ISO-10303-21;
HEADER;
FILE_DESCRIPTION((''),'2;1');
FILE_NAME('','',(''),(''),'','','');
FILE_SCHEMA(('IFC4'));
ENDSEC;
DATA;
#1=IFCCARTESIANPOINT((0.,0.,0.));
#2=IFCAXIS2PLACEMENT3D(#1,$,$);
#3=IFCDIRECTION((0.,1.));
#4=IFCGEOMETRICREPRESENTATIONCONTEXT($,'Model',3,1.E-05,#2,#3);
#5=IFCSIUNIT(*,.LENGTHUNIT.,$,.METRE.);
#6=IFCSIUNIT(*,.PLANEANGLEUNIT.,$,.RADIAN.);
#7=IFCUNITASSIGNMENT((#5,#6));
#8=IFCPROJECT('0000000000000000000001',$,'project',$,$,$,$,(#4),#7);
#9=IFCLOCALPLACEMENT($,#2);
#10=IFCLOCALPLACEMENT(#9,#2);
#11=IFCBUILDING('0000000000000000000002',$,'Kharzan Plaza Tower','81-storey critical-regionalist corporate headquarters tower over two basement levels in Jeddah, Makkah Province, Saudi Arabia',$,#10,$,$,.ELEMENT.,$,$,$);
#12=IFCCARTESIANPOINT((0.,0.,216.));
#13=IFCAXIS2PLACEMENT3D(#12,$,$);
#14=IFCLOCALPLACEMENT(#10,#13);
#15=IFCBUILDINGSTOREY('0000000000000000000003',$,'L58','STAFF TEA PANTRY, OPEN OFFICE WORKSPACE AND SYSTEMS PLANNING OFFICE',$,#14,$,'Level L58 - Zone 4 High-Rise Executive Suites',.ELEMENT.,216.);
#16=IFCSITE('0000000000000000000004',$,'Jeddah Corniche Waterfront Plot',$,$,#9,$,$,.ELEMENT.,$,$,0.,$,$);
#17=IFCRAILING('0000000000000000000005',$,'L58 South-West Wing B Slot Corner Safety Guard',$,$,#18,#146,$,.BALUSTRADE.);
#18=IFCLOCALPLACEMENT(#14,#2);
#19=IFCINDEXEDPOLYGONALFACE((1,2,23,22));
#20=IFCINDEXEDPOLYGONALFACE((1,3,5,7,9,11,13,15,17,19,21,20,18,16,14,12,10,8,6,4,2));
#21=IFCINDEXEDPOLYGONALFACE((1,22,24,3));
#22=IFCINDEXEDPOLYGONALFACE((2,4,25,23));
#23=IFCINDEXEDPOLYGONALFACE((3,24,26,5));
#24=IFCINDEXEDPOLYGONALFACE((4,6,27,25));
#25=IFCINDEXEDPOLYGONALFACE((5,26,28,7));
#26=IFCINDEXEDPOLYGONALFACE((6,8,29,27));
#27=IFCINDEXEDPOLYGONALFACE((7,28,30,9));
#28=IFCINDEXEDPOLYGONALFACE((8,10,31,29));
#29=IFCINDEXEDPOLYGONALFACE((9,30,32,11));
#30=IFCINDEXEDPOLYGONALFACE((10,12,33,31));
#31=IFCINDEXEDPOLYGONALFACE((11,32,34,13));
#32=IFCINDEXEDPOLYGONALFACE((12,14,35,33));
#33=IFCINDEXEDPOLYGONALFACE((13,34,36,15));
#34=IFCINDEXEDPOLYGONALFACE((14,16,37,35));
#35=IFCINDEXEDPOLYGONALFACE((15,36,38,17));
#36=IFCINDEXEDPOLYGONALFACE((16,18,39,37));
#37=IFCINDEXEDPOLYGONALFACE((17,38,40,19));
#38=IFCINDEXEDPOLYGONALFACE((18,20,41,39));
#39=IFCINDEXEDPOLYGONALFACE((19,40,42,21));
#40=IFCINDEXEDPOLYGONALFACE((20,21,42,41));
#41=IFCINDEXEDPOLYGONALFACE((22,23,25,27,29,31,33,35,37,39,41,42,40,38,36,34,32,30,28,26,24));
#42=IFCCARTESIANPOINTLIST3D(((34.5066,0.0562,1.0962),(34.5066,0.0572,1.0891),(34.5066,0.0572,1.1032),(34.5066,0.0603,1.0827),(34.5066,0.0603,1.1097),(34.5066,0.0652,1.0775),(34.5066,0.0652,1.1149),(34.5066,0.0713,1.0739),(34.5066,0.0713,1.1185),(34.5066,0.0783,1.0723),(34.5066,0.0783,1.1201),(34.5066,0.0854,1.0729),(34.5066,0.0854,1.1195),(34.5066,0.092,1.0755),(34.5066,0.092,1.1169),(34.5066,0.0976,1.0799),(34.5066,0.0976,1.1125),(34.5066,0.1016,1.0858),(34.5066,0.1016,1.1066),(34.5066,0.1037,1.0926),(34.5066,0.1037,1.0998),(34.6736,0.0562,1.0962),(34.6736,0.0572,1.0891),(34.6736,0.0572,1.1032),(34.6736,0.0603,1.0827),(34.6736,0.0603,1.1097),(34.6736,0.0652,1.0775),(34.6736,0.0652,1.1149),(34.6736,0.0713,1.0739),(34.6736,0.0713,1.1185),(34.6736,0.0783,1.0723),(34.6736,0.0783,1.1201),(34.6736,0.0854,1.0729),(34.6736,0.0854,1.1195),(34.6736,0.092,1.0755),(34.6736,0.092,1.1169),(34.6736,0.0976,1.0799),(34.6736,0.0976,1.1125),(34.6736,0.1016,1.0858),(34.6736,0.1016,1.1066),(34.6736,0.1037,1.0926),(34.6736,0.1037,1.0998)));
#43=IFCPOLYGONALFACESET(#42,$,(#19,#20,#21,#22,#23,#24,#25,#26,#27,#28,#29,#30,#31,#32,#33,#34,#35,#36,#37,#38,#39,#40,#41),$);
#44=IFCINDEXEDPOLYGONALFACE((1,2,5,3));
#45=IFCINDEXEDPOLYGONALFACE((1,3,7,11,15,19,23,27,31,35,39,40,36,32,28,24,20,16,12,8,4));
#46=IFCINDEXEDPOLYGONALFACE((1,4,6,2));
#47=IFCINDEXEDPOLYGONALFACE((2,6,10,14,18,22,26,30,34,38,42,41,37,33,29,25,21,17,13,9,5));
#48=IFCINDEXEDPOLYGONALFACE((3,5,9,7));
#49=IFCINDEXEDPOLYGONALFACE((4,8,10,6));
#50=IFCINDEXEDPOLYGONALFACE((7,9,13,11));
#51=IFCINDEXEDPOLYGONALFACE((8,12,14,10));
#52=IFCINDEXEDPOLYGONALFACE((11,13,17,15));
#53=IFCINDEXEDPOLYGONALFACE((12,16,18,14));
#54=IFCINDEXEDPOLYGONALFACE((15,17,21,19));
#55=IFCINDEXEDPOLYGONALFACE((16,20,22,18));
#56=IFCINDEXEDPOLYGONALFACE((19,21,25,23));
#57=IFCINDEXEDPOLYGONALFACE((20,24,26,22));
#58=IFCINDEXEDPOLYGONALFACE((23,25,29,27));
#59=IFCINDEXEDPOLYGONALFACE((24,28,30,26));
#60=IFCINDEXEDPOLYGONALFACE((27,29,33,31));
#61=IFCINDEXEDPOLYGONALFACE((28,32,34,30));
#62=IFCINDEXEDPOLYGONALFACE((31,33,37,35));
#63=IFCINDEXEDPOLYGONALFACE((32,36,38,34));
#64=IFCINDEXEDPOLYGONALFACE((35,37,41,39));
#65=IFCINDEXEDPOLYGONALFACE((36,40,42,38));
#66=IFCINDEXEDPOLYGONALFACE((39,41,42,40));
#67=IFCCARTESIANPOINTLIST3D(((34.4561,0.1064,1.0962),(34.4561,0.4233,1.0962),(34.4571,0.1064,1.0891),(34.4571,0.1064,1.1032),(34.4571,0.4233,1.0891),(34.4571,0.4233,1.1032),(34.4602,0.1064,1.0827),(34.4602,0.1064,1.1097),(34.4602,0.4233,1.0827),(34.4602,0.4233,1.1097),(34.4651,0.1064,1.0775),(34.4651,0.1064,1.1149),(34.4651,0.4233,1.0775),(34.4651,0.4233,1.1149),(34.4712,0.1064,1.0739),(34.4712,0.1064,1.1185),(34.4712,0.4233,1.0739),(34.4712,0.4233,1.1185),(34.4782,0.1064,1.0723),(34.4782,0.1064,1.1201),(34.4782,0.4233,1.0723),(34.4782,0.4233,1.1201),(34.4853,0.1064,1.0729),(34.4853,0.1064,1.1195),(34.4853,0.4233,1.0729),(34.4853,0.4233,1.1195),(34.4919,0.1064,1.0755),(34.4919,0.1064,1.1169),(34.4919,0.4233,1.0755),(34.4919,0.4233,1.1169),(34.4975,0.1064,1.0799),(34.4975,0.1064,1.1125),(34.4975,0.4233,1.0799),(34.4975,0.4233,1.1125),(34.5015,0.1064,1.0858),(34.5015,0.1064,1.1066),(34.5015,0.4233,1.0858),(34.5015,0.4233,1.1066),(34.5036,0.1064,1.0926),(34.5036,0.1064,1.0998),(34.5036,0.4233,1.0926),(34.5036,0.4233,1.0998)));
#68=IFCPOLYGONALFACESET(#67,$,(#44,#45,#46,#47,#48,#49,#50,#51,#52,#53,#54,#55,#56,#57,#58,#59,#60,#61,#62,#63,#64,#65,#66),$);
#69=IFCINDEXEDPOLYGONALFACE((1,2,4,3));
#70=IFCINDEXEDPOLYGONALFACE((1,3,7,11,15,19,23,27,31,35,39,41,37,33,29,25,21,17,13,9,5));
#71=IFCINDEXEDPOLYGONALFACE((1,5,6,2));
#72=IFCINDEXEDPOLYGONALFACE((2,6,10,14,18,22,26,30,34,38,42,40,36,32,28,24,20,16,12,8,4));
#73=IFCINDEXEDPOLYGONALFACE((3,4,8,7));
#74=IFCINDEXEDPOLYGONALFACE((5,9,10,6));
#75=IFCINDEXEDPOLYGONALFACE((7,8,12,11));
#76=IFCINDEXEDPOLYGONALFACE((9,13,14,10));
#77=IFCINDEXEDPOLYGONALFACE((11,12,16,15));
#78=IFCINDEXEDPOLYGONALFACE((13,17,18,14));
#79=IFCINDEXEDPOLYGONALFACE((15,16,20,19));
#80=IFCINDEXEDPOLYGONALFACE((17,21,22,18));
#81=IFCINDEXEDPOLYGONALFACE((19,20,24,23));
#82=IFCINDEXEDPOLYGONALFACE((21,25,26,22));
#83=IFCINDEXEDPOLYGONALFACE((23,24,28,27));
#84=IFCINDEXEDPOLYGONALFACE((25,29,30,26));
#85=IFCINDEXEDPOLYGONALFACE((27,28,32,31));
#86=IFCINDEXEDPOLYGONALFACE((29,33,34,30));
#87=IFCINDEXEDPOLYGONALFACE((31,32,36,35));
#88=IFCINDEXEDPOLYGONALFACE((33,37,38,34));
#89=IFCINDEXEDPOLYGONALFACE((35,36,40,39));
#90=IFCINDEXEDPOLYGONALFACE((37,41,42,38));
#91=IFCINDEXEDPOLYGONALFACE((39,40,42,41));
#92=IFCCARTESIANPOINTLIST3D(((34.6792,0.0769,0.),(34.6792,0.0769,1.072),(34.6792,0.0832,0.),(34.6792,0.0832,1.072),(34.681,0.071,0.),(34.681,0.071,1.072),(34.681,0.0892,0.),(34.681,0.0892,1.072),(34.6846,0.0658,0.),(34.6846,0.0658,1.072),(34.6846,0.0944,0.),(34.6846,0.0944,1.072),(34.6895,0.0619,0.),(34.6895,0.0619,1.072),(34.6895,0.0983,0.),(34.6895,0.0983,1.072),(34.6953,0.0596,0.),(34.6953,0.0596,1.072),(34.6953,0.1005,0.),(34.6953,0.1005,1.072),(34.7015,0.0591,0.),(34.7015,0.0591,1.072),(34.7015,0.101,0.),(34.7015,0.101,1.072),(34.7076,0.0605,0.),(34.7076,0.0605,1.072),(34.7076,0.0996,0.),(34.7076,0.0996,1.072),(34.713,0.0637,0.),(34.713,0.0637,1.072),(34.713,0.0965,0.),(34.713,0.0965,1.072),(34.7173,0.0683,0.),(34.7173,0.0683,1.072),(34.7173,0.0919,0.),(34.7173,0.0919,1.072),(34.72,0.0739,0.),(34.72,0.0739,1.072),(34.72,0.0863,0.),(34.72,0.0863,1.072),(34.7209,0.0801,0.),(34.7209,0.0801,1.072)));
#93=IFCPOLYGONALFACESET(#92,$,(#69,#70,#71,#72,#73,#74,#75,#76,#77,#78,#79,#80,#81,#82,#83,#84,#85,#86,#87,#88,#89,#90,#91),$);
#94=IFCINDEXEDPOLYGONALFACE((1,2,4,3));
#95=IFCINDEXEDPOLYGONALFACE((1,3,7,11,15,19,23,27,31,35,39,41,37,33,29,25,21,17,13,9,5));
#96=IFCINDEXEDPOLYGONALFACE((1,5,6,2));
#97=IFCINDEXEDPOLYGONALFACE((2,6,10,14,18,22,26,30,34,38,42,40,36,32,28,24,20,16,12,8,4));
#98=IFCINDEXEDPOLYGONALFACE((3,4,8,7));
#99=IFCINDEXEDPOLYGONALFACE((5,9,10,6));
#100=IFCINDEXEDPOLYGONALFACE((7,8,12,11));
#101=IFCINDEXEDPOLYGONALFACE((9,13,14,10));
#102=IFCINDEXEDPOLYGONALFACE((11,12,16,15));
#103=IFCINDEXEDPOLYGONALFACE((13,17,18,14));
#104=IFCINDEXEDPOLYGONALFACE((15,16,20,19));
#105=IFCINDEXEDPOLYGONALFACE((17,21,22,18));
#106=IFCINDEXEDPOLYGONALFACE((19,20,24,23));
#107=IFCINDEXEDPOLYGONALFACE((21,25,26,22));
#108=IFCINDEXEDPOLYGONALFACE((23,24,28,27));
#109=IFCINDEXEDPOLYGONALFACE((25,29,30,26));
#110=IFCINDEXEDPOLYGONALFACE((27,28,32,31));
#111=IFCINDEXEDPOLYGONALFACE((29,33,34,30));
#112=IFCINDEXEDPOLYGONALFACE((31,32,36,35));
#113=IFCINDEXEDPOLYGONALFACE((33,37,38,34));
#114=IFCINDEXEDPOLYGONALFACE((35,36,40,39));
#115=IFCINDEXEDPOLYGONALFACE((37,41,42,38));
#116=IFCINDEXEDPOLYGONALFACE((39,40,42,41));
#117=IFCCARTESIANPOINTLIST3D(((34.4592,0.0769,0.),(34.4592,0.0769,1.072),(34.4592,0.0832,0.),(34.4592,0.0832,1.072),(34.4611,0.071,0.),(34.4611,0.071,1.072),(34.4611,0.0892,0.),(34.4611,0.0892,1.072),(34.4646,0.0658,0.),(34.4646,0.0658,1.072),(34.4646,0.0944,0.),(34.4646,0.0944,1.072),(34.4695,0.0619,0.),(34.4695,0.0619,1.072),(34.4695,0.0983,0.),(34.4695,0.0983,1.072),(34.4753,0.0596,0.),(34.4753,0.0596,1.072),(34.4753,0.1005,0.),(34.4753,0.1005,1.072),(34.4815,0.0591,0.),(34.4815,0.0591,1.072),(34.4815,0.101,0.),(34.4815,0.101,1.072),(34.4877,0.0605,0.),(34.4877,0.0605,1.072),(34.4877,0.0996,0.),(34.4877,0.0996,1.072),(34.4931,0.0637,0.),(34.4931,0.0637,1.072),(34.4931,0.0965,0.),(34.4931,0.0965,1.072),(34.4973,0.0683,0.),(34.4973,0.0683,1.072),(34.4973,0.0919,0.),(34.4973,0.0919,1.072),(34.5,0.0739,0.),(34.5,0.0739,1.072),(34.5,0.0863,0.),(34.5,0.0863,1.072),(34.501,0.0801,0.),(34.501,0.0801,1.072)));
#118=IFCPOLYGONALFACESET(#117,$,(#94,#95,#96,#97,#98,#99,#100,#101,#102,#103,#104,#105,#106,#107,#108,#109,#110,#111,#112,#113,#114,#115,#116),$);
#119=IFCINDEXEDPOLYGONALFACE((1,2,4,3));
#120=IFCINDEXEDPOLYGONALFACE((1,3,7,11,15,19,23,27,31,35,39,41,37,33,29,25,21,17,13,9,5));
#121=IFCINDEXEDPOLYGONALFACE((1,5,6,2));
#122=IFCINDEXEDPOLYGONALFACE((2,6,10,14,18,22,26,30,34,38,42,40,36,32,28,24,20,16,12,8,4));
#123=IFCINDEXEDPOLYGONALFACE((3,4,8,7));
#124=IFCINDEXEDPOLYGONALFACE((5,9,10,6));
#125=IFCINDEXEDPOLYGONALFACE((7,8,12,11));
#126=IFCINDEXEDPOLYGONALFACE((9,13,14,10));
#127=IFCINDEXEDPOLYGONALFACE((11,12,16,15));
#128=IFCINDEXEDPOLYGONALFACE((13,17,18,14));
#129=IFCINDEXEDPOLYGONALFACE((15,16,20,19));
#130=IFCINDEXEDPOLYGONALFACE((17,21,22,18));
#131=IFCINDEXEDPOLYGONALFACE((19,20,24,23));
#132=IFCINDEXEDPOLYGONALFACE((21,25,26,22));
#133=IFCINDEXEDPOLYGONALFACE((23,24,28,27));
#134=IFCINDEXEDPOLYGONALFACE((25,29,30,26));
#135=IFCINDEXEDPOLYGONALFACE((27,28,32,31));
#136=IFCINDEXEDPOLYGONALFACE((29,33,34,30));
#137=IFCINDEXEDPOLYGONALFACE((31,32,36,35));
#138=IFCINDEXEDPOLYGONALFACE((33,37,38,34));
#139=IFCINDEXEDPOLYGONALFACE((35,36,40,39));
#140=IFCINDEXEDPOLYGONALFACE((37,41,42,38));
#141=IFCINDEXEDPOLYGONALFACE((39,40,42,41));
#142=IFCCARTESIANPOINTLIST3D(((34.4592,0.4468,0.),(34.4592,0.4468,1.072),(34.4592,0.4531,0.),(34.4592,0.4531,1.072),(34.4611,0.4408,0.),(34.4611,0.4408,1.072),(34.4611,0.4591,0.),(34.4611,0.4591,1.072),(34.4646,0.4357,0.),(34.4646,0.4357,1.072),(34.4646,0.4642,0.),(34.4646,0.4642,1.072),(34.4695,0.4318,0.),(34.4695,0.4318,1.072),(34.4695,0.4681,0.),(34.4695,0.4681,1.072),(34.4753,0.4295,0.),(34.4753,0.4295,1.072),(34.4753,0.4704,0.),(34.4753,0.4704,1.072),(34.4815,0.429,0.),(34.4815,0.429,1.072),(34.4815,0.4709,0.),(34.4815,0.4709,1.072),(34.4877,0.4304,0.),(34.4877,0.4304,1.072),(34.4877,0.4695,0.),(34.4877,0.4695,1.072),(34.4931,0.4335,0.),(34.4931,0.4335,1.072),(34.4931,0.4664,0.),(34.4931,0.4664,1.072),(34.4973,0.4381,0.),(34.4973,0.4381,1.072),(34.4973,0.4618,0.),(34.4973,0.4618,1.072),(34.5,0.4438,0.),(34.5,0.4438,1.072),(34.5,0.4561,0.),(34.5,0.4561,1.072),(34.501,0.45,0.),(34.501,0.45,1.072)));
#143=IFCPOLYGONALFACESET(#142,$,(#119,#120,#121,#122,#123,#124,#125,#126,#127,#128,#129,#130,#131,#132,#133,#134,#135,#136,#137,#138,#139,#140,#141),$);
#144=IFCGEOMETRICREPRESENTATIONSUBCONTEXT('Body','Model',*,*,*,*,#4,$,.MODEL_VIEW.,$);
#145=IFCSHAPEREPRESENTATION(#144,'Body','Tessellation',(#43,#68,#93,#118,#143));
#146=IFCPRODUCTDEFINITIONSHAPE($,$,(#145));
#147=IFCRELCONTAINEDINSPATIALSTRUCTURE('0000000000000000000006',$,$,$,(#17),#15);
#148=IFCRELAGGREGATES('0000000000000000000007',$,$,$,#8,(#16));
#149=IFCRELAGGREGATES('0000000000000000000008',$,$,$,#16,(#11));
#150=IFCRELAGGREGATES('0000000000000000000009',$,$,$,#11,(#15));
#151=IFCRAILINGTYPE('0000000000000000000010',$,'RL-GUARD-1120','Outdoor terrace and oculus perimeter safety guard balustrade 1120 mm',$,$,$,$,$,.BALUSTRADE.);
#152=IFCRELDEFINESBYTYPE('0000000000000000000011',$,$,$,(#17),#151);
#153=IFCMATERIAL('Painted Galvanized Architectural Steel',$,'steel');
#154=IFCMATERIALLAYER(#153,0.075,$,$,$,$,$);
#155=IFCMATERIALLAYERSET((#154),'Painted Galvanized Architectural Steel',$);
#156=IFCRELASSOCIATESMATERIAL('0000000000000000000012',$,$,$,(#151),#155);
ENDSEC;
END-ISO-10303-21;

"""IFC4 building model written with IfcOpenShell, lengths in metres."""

from ifc_helpers import new_model, si_unit, direction, frame, origin, origin_2d, place, context, subcontext, project, spatial, circle, extrude, source, transform, mapped, material, layer, layer_set, type_object, element, save


model = new_model("IFC4")

# Units and contexts
model_context = context("Model", 3, precision=1e-05, world=origin(), true_north=direction((0.0, 1.0)))
body_context = subcontext(model_context, "Body", "Model", "MODEL_VIEW")
ifc_project = project(units=[si_unit("LENGTHUNIT", "METRE"), si_unit("PLANEANGLEUNIT", "RADIAN")], contexts=[model_context])

# Site, building, storey
site_placement = place(None, origin())
site = spatial("IfcSite", under=ifc_project, at=site_placement, Name="Jeddah Corniche Waterfront Plot", CompositionType="ELEMENT", RefElevation=0.0)
building_placement = place(site_placement, origin())
building = spatial("IfcBuilding", under=site, at=building_placement, Name="Kharzan Plaza Tower", Description="81-storey critical-regionalist corporate headquarters tower over two basement levels in Jeddah, Makkah Province, Saudi Arabia", CompositionType="ELEMENT")
storey_placement = place(building_placement, frame((0.0, 0.0, 216.0)))
storey = spatial("IfcBuildingStorey", under=building, at=storey_placement, Name="L58", Description="STAFF TEA PANTRY, OPEN OFFICE WORKSPACE AND SYSTEMS PLANNING OFFICE", LongName="Level L58 - Zone 4 High-Rise Executive Suites", CompositionType="ELEMENT", Elevation=216.0)

# Railing
ifc_material_1 = material(Name="Painted Galvanized Architectural Steel", Category="steel")
ifc_layer_1 = layer(ifc_material_1, 0.075)
ifc_layer_set_1 = layer_set([ifc_layer_1], Name="Painted Galvanized Architectural Steel")
railing_type_1 = type_object("IfcRailingType", Name="RL-GUARD-1120", Description="Outdoor terrace and oculus perimeter safety guard balustrade 1120 mm", PredefinedType="BALUSTRADE", material=ifc_layer_set_1)
shared_shape_1 = source(origin(), body_context, "Body", "SweptSolid", [
    extrude(circle(Radius=0.0239, at=origin_2d()), frame((-0.0264, 0.0, 1.0962), z_axis=(-1.0, 0.0, 0.0), x_axis=(0.0, -1.0, 0.0)), (0.0, 0.0, 1.0), 0.167),
    extrude(circle(Radius=0.0239, at=origin_2d()), frame((-0.22, 0.0264, 1.0962), z_axis=(0.0, 1.0, 0.0), x_axis=(-1.0, 0.0, 0.0)), (0.0, 0.0, 1.0), 0.3169),
    extrude(circle(Radius=0.021, at=origin_2d()), origin(), (0.0, 0.0, 1.0), 1.072),
    extrude(circle(Radius=0.021, at=origin_2d()), frame((-0.22, 0.0, 0.0)), (0.0, 0.0, 1.0), 1.072),
    extrude(circle(Radius=0.021, at=origin_2d()), frame((-0.22, 0.3699, 0.0)), (0.0, 0.0, 1.0), 1.072),
])
railing_1_placement = place(storey_placement, frame((34.7, 0.0801, 0.0)))
element("IfcRailing", 1, at=railing_1_placement, inside=storey, type_object=railing_type_1, Name="L58 South-West Wing B Slot Corner Safety Guard", PredefinedType="BALUSTRADE", context=body_context, shape_type="MappedRepresentation", body=[
    mapped(shared_shape_1, transform((0.0, 0.0, 0.0), x_axis=(1.0, 0.0, 0.0), y_axis=(0.0, 1.0, 0.0), z_axis=(0.0, 0.0, 1.0))),
])

save(model, "model.ifc")
